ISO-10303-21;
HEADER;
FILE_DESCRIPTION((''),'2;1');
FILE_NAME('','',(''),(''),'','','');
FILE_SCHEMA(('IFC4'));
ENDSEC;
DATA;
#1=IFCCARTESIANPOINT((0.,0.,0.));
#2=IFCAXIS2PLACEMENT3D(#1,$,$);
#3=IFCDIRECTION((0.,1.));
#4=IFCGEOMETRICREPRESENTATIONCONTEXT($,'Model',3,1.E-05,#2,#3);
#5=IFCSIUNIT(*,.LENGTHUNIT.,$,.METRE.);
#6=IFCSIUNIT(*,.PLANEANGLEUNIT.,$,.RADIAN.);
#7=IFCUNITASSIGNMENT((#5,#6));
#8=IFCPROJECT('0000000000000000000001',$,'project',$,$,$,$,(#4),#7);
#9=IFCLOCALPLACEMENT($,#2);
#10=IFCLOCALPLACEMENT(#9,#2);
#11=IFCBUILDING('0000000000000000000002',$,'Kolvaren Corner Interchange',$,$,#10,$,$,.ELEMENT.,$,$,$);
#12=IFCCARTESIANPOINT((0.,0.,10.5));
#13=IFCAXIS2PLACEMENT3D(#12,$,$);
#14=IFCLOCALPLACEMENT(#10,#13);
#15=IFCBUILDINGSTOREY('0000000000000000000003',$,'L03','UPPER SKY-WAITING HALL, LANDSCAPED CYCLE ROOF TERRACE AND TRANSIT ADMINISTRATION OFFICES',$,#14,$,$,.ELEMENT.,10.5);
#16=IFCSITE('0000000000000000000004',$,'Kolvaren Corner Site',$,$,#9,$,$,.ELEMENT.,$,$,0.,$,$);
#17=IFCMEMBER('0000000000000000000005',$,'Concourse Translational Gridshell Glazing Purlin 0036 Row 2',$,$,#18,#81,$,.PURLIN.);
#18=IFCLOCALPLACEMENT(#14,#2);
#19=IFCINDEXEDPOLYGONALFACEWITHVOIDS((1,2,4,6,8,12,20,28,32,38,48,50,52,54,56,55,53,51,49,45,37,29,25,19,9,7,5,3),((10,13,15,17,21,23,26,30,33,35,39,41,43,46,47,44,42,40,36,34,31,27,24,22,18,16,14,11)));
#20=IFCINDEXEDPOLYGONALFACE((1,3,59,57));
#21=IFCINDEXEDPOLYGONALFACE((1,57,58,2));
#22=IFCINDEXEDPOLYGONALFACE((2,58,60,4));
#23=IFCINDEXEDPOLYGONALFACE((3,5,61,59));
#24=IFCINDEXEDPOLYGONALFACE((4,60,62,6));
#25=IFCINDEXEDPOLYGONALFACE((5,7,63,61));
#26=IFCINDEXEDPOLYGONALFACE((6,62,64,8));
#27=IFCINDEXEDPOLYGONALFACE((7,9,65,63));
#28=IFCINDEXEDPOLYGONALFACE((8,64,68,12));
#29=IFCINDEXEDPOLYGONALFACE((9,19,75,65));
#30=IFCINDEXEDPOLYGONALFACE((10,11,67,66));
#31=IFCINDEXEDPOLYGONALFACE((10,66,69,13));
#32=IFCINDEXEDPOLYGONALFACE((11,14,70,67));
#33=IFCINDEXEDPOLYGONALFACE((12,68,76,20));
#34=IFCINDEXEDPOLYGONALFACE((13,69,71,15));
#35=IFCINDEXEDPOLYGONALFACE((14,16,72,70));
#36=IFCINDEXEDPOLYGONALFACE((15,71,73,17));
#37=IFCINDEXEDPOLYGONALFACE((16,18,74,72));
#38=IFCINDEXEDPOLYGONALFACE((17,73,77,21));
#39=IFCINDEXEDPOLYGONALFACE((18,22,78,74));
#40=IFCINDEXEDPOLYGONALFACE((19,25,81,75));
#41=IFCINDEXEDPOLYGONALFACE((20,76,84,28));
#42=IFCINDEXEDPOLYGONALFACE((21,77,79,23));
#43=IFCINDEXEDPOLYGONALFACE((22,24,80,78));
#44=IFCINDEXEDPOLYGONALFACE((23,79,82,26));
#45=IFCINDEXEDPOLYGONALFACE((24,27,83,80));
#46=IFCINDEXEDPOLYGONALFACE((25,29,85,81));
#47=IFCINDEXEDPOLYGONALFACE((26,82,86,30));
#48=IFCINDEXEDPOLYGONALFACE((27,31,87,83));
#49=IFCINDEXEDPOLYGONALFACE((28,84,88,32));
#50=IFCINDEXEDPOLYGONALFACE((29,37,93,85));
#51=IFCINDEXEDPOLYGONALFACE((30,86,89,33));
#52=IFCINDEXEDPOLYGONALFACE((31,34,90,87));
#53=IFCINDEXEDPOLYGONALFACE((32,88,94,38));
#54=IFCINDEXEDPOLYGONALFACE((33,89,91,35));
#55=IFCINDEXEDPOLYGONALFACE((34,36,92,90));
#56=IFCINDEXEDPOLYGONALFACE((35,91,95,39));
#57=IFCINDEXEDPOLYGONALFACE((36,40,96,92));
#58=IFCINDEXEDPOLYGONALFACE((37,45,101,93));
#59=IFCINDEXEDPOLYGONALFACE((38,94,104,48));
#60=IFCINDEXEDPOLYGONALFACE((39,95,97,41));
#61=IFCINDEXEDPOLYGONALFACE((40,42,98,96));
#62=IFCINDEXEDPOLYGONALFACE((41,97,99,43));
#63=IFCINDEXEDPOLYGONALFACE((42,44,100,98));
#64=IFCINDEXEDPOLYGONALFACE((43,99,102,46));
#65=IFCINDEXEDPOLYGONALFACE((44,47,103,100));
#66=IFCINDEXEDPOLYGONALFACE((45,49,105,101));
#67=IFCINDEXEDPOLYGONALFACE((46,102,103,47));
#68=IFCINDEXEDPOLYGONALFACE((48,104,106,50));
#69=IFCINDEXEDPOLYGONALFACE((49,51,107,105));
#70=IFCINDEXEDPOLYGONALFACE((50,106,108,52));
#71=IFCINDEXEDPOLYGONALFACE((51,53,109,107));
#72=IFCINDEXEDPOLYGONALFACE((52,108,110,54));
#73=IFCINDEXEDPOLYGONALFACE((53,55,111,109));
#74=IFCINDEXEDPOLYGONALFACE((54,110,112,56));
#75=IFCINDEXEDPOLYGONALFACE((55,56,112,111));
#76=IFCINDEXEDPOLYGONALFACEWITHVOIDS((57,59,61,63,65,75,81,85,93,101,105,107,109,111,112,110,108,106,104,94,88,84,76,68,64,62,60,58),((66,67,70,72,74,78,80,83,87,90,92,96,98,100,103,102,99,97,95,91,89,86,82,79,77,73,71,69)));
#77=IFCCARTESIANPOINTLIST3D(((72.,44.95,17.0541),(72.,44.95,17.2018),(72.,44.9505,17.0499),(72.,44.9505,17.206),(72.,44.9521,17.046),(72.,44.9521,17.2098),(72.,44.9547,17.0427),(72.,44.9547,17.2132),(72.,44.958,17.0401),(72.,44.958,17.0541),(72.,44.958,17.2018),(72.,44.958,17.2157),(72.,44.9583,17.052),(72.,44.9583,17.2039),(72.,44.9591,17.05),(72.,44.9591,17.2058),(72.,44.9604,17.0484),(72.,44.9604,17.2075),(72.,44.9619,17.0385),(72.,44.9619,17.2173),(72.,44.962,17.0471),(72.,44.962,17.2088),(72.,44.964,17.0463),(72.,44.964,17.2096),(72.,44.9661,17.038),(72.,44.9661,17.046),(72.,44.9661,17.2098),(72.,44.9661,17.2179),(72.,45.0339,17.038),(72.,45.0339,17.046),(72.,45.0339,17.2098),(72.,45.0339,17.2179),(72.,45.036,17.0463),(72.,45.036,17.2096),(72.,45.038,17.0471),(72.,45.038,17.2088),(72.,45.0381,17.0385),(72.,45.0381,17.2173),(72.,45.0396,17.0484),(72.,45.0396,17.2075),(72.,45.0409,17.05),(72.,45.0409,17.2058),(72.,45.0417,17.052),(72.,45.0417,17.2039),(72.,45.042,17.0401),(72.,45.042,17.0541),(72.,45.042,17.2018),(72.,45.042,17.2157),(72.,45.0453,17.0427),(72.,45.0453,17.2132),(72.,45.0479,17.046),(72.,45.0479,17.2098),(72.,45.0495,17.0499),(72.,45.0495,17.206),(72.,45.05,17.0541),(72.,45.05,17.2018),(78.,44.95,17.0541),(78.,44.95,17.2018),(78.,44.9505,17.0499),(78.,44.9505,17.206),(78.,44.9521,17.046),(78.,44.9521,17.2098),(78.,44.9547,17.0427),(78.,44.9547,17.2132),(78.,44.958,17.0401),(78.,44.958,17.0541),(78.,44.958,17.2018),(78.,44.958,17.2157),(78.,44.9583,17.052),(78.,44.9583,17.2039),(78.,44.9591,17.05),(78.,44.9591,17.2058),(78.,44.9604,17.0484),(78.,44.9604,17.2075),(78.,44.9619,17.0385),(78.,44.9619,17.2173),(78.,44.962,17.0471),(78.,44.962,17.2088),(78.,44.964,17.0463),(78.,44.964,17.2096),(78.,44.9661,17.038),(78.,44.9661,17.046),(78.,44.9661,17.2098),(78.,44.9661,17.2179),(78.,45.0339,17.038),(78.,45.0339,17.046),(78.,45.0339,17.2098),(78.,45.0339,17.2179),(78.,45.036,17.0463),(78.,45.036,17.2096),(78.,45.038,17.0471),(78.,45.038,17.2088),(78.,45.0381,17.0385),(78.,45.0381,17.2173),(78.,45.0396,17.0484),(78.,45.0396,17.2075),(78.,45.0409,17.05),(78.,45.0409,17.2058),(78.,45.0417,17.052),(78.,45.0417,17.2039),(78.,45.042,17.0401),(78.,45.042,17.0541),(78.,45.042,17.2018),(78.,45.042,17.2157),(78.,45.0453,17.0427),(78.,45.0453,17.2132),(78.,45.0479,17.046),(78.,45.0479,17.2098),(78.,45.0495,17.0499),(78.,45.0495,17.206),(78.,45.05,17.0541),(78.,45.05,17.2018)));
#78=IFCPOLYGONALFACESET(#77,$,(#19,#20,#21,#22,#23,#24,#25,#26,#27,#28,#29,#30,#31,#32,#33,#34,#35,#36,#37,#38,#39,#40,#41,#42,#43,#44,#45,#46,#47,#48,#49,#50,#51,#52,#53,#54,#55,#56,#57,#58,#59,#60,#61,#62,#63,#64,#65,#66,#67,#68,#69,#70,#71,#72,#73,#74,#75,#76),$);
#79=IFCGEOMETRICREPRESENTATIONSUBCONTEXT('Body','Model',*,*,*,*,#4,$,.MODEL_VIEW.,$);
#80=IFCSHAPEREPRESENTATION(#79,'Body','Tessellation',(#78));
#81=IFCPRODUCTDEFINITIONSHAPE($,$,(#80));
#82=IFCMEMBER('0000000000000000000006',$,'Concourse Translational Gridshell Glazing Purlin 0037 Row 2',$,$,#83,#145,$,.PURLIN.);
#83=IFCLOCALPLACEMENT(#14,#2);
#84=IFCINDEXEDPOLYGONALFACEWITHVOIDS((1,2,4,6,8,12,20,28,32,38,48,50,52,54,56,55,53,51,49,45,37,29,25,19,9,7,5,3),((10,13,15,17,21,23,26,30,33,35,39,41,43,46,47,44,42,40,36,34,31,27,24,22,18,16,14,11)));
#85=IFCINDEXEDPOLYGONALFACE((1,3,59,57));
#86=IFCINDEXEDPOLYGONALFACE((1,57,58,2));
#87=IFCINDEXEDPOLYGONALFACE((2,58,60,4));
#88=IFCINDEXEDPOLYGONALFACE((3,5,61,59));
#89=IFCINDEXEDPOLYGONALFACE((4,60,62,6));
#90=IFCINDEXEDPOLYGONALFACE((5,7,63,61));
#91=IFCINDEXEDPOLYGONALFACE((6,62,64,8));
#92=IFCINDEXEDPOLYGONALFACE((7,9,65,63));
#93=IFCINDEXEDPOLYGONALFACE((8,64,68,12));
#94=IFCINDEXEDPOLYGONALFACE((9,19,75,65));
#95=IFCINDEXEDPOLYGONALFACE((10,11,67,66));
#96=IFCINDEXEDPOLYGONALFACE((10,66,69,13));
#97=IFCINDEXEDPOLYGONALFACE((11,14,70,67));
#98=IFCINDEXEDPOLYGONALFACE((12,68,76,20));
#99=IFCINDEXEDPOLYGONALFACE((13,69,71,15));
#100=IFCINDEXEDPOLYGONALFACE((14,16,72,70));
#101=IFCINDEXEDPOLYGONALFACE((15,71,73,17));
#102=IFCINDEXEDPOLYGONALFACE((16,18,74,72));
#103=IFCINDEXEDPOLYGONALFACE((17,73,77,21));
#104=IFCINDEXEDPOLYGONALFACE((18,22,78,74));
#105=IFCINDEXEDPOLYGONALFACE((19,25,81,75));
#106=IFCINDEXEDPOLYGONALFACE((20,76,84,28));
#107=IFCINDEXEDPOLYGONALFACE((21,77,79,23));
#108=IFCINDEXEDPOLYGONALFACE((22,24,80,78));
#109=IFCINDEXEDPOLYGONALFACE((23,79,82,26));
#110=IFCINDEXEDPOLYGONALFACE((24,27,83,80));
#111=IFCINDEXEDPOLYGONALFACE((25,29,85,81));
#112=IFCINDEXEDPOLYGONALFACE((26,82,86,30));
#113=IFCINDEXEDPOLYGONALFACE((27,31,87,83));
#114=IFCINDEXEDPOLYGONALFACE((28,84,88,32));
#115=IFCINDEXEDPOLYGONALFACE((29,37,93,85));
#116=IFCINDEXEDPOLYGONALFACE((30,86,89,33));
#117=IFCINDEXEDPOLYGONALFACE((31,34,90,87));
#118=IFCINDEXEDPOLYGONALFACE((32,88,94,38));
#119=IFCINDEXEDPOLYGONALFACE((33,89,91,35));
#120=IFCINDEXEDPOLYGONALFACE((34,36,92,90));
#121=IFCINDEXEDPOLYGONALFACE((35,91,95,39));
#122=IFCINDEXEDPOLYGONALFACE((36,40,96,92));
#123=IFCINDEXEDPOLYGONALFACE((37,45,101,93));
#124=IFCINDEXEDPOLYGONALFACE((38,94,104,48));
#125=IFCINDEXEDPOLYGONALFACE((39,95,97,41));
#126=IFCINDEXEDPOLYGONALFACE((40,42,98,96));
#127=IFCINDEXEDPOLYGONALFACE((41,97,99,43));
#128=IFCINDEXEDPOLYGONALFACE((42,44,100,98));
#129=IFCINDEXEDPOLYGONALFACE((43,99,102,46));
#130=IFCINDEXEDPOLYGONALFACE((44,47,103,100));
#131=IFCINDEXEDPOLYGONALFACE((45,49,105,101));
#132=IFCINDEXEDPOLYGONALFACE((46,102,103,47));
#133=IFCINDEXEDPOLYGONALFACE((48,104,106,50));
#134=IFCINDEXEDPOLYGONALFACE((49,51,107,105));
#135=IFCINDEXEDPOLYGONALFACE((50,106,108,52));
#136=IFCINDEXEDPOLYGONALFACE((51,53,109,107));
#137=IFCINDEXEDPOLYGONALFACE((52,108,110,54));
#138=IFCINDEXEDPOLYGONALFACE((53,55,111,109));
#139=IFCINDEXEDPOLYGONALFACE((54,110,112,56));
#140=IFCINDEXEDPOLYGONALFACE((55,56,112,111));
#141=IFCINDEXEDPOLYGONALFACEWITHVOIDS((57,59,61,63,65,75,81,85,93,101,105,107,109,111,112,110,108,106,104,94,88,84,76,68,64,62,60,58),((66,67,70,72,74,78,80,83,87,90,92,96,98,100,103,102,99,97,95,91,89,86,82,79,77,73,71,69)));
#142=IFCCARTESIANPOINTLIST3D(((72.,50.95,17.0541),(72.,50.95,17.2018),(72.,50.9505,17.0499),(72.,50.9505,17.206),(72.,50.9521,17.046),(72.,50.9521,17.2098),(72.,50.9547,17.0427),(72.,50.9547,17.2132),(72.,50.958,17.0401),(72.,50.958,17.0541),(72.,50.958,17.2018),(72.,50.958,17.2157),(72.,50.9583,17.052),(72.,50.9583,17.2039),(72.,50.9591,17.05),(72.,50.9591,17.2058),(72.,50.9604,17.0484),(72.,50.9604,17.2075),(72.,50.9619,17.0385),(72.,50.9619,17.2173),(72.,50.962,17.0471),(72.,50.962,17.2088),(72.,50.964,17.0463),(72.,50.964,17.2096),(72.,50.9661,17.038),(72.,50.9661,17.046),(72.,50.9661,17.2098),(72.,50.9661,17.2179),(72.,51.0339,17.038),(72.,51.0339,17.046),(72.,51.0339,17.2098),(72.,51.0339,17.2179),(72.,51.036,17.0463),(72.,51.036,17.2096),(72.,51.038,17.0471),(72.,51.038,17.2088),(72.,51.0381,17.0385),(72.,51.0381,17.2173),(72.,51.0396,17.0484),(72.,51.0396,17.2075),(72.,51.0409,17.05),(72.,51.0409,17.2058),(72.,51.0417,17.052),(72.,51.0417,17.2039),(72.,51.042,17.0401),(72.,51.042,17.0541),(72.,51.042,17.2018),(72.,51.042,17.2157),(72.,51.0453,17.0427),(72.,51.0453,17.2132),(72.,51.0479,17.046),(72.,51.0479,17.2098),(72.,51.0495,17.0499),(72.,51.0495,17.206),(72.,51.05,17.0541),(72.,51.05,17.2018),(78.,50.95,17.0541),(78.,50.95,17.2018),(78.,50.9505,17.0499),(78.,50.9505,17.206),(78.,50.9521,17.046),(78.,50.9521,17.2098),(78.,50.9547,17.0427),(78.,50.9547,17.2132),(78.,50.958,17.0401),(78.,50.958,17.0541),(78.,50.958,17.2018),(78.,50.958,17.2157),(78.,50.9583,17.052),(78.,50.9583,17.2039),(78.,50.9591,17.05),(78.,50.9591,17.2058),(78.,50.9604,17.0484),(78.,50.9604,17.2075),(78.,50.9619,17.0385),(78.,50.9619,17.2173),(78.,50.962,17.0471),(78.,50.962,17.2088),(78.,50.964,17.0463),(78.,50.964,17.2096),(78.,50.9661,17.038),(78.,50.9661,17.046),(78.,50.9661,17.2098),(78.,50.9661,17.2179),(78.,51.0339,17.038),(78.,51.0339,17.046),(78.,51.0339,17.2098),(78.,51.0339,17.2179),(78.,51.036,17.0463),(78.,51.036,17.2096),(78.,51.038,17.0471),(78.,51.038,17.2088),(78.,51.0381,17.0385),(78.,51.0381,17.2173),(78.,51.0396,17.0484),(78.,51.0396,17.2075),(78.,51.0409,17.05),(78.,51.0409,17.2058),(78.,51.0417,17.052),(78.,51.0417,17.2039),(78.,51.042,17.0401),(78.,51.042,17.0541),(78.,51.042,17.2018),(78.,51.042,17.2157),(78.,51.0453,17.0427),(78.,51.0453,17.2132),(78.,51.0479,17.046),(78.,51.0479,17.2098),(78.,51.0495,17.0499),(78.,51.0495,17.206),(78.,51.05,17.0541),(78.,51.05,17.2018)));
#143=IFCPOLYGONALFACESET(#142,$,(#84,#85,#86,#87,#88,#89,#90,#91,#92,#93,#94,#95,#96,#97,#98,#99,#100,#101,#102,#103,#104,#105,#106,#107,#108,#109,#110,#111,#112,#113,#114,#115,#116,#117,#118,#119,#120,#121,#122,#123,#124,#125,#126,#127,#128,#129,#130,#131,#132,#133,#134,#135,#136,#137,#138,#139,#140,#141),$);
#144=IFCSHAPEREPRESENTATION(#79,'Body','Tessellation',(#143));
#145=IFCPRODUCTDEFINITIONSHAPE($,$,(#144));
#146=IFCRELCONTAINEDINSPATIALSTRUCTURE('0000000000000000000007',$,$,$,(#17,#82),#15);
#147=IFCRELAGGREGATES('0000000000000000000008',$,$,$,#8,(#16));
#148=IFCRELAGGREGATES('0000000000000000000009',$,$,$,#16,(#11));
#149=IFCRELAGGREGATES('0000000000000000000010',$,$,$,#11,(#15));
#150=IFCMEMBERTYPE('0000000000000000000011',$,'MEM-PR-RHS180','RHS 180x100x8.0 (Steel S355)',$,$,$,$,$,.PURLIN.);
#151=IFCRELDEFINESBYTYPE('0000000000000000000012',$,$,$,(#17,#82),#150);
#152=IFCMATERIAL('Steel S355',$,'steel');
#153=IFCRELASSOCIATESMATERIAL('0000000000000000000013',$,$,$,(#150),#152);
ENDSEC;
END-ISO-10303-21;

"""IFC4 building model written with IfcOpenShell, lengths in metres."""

from ifc_helpers import new_model, si_unit, direction, frame, origin, origin_2d, place, context, subcontext, project, spatial, hollow_rectangle, extrude, material, material_profile, profile_set, type_object, element, save


model = new_model("IFC4")

# Units and contexts
model_context = context("Model", 3, precision=1e-05, world=origin(), true_north=direction((0.0, 1.0)))
body_context = subcontext(model_context, "Body", "Model", "MODEL_VIEW")
ifc_project = project(units=[si_unit("LENGTHUNIT", "METRE"), si_unit("PLANEANGLEUNIT", "RADIAN")], contexts=[model_context])

# Site, building, storey
site_placement = place(None, origin())
site = spatial("IfcSite", under=ifc_project, at=site_placement, Name="Kolvaren Corner Site", CompositionType="ELEMENT", RefElevation=0.0)
building_placement = place(site_placement, origin())
building = spatial("IfcBuilding", under=site, at=building_placement, Name="Kolvaren Corner Interchange", CompositionType="ELEMENT")
storey_placement = place(building_placement, frame((0.0, 0.0, 10.5)))
storey = spatial("IfcBuildingStorey", under=building, at=storey_placement, Name="L03", Description="UPPER SKY-WAITING HALL, LANDSCAPED CYCLE ROOF TERRACE AND TRANSIT ADMINISTRATION OFFICES", CompositionType="ELEMENT", Elevation=10.5)

# Members
ifc_material_1 = material(Name="Steel S355", Category="steel")
ifc_material_profile_1 = material_profile(ifc_material_1, hollow_rectangle(XDim=0.1001, YDim=0.1799, WallThickness=0.0081, InnerFilletRadius=0.0081, OuterFilletRadius=0.0161, at=origin_2d()), Name="RHS 180x100x8.0")
ifc_profile_set_1 = profile_set([ifc_material_profile_1], Name="Steel S355")
member_type_1 = type_object("IfcMemberType", Name="MEM-PR-RHS180", Description="RHS 180x100x8.0 (Steel S355)", PredefinedType="PURLIN", material=ifc_profile_set_1)
for number, where, z_axis, x_axis, name in (
    (1, (72.0, 45.0, 17.1279), (1.0, 0.0, 0.0), (0.0, 1.0, 0.0), "Concourse Translational Gridshell Glazing Purlin 0036 Row 2"),
    (2, (72.0, 51.0, 17.1279), (1.0, 0.0, 0.0), (0.0, 1.0, 0.0), "Concourse Translational Gridshell Glazing Purlin 0037 Row 2"),
):
    element("IfcMember", number, at=place(storey_placement, frame(where, z_axis=z_axis, x_axis=x_axis)), inside=storey, type_object=member_type_1, Name=name, PredefinedType="PURLIN", context=body_context, shape_type="SweptSolid", body=[
        extrude(hollow_rectangle(XDim=0.1001, YDim=0.1799, WallThickness=0.0081, InnerFilletRadius=0.0081, OuterFilletRadius=0.0161, at=origin_2d()), origin(), (0.0, 0.0, 1.0), 6.0),
    ])

save(model, "model.ifc")
